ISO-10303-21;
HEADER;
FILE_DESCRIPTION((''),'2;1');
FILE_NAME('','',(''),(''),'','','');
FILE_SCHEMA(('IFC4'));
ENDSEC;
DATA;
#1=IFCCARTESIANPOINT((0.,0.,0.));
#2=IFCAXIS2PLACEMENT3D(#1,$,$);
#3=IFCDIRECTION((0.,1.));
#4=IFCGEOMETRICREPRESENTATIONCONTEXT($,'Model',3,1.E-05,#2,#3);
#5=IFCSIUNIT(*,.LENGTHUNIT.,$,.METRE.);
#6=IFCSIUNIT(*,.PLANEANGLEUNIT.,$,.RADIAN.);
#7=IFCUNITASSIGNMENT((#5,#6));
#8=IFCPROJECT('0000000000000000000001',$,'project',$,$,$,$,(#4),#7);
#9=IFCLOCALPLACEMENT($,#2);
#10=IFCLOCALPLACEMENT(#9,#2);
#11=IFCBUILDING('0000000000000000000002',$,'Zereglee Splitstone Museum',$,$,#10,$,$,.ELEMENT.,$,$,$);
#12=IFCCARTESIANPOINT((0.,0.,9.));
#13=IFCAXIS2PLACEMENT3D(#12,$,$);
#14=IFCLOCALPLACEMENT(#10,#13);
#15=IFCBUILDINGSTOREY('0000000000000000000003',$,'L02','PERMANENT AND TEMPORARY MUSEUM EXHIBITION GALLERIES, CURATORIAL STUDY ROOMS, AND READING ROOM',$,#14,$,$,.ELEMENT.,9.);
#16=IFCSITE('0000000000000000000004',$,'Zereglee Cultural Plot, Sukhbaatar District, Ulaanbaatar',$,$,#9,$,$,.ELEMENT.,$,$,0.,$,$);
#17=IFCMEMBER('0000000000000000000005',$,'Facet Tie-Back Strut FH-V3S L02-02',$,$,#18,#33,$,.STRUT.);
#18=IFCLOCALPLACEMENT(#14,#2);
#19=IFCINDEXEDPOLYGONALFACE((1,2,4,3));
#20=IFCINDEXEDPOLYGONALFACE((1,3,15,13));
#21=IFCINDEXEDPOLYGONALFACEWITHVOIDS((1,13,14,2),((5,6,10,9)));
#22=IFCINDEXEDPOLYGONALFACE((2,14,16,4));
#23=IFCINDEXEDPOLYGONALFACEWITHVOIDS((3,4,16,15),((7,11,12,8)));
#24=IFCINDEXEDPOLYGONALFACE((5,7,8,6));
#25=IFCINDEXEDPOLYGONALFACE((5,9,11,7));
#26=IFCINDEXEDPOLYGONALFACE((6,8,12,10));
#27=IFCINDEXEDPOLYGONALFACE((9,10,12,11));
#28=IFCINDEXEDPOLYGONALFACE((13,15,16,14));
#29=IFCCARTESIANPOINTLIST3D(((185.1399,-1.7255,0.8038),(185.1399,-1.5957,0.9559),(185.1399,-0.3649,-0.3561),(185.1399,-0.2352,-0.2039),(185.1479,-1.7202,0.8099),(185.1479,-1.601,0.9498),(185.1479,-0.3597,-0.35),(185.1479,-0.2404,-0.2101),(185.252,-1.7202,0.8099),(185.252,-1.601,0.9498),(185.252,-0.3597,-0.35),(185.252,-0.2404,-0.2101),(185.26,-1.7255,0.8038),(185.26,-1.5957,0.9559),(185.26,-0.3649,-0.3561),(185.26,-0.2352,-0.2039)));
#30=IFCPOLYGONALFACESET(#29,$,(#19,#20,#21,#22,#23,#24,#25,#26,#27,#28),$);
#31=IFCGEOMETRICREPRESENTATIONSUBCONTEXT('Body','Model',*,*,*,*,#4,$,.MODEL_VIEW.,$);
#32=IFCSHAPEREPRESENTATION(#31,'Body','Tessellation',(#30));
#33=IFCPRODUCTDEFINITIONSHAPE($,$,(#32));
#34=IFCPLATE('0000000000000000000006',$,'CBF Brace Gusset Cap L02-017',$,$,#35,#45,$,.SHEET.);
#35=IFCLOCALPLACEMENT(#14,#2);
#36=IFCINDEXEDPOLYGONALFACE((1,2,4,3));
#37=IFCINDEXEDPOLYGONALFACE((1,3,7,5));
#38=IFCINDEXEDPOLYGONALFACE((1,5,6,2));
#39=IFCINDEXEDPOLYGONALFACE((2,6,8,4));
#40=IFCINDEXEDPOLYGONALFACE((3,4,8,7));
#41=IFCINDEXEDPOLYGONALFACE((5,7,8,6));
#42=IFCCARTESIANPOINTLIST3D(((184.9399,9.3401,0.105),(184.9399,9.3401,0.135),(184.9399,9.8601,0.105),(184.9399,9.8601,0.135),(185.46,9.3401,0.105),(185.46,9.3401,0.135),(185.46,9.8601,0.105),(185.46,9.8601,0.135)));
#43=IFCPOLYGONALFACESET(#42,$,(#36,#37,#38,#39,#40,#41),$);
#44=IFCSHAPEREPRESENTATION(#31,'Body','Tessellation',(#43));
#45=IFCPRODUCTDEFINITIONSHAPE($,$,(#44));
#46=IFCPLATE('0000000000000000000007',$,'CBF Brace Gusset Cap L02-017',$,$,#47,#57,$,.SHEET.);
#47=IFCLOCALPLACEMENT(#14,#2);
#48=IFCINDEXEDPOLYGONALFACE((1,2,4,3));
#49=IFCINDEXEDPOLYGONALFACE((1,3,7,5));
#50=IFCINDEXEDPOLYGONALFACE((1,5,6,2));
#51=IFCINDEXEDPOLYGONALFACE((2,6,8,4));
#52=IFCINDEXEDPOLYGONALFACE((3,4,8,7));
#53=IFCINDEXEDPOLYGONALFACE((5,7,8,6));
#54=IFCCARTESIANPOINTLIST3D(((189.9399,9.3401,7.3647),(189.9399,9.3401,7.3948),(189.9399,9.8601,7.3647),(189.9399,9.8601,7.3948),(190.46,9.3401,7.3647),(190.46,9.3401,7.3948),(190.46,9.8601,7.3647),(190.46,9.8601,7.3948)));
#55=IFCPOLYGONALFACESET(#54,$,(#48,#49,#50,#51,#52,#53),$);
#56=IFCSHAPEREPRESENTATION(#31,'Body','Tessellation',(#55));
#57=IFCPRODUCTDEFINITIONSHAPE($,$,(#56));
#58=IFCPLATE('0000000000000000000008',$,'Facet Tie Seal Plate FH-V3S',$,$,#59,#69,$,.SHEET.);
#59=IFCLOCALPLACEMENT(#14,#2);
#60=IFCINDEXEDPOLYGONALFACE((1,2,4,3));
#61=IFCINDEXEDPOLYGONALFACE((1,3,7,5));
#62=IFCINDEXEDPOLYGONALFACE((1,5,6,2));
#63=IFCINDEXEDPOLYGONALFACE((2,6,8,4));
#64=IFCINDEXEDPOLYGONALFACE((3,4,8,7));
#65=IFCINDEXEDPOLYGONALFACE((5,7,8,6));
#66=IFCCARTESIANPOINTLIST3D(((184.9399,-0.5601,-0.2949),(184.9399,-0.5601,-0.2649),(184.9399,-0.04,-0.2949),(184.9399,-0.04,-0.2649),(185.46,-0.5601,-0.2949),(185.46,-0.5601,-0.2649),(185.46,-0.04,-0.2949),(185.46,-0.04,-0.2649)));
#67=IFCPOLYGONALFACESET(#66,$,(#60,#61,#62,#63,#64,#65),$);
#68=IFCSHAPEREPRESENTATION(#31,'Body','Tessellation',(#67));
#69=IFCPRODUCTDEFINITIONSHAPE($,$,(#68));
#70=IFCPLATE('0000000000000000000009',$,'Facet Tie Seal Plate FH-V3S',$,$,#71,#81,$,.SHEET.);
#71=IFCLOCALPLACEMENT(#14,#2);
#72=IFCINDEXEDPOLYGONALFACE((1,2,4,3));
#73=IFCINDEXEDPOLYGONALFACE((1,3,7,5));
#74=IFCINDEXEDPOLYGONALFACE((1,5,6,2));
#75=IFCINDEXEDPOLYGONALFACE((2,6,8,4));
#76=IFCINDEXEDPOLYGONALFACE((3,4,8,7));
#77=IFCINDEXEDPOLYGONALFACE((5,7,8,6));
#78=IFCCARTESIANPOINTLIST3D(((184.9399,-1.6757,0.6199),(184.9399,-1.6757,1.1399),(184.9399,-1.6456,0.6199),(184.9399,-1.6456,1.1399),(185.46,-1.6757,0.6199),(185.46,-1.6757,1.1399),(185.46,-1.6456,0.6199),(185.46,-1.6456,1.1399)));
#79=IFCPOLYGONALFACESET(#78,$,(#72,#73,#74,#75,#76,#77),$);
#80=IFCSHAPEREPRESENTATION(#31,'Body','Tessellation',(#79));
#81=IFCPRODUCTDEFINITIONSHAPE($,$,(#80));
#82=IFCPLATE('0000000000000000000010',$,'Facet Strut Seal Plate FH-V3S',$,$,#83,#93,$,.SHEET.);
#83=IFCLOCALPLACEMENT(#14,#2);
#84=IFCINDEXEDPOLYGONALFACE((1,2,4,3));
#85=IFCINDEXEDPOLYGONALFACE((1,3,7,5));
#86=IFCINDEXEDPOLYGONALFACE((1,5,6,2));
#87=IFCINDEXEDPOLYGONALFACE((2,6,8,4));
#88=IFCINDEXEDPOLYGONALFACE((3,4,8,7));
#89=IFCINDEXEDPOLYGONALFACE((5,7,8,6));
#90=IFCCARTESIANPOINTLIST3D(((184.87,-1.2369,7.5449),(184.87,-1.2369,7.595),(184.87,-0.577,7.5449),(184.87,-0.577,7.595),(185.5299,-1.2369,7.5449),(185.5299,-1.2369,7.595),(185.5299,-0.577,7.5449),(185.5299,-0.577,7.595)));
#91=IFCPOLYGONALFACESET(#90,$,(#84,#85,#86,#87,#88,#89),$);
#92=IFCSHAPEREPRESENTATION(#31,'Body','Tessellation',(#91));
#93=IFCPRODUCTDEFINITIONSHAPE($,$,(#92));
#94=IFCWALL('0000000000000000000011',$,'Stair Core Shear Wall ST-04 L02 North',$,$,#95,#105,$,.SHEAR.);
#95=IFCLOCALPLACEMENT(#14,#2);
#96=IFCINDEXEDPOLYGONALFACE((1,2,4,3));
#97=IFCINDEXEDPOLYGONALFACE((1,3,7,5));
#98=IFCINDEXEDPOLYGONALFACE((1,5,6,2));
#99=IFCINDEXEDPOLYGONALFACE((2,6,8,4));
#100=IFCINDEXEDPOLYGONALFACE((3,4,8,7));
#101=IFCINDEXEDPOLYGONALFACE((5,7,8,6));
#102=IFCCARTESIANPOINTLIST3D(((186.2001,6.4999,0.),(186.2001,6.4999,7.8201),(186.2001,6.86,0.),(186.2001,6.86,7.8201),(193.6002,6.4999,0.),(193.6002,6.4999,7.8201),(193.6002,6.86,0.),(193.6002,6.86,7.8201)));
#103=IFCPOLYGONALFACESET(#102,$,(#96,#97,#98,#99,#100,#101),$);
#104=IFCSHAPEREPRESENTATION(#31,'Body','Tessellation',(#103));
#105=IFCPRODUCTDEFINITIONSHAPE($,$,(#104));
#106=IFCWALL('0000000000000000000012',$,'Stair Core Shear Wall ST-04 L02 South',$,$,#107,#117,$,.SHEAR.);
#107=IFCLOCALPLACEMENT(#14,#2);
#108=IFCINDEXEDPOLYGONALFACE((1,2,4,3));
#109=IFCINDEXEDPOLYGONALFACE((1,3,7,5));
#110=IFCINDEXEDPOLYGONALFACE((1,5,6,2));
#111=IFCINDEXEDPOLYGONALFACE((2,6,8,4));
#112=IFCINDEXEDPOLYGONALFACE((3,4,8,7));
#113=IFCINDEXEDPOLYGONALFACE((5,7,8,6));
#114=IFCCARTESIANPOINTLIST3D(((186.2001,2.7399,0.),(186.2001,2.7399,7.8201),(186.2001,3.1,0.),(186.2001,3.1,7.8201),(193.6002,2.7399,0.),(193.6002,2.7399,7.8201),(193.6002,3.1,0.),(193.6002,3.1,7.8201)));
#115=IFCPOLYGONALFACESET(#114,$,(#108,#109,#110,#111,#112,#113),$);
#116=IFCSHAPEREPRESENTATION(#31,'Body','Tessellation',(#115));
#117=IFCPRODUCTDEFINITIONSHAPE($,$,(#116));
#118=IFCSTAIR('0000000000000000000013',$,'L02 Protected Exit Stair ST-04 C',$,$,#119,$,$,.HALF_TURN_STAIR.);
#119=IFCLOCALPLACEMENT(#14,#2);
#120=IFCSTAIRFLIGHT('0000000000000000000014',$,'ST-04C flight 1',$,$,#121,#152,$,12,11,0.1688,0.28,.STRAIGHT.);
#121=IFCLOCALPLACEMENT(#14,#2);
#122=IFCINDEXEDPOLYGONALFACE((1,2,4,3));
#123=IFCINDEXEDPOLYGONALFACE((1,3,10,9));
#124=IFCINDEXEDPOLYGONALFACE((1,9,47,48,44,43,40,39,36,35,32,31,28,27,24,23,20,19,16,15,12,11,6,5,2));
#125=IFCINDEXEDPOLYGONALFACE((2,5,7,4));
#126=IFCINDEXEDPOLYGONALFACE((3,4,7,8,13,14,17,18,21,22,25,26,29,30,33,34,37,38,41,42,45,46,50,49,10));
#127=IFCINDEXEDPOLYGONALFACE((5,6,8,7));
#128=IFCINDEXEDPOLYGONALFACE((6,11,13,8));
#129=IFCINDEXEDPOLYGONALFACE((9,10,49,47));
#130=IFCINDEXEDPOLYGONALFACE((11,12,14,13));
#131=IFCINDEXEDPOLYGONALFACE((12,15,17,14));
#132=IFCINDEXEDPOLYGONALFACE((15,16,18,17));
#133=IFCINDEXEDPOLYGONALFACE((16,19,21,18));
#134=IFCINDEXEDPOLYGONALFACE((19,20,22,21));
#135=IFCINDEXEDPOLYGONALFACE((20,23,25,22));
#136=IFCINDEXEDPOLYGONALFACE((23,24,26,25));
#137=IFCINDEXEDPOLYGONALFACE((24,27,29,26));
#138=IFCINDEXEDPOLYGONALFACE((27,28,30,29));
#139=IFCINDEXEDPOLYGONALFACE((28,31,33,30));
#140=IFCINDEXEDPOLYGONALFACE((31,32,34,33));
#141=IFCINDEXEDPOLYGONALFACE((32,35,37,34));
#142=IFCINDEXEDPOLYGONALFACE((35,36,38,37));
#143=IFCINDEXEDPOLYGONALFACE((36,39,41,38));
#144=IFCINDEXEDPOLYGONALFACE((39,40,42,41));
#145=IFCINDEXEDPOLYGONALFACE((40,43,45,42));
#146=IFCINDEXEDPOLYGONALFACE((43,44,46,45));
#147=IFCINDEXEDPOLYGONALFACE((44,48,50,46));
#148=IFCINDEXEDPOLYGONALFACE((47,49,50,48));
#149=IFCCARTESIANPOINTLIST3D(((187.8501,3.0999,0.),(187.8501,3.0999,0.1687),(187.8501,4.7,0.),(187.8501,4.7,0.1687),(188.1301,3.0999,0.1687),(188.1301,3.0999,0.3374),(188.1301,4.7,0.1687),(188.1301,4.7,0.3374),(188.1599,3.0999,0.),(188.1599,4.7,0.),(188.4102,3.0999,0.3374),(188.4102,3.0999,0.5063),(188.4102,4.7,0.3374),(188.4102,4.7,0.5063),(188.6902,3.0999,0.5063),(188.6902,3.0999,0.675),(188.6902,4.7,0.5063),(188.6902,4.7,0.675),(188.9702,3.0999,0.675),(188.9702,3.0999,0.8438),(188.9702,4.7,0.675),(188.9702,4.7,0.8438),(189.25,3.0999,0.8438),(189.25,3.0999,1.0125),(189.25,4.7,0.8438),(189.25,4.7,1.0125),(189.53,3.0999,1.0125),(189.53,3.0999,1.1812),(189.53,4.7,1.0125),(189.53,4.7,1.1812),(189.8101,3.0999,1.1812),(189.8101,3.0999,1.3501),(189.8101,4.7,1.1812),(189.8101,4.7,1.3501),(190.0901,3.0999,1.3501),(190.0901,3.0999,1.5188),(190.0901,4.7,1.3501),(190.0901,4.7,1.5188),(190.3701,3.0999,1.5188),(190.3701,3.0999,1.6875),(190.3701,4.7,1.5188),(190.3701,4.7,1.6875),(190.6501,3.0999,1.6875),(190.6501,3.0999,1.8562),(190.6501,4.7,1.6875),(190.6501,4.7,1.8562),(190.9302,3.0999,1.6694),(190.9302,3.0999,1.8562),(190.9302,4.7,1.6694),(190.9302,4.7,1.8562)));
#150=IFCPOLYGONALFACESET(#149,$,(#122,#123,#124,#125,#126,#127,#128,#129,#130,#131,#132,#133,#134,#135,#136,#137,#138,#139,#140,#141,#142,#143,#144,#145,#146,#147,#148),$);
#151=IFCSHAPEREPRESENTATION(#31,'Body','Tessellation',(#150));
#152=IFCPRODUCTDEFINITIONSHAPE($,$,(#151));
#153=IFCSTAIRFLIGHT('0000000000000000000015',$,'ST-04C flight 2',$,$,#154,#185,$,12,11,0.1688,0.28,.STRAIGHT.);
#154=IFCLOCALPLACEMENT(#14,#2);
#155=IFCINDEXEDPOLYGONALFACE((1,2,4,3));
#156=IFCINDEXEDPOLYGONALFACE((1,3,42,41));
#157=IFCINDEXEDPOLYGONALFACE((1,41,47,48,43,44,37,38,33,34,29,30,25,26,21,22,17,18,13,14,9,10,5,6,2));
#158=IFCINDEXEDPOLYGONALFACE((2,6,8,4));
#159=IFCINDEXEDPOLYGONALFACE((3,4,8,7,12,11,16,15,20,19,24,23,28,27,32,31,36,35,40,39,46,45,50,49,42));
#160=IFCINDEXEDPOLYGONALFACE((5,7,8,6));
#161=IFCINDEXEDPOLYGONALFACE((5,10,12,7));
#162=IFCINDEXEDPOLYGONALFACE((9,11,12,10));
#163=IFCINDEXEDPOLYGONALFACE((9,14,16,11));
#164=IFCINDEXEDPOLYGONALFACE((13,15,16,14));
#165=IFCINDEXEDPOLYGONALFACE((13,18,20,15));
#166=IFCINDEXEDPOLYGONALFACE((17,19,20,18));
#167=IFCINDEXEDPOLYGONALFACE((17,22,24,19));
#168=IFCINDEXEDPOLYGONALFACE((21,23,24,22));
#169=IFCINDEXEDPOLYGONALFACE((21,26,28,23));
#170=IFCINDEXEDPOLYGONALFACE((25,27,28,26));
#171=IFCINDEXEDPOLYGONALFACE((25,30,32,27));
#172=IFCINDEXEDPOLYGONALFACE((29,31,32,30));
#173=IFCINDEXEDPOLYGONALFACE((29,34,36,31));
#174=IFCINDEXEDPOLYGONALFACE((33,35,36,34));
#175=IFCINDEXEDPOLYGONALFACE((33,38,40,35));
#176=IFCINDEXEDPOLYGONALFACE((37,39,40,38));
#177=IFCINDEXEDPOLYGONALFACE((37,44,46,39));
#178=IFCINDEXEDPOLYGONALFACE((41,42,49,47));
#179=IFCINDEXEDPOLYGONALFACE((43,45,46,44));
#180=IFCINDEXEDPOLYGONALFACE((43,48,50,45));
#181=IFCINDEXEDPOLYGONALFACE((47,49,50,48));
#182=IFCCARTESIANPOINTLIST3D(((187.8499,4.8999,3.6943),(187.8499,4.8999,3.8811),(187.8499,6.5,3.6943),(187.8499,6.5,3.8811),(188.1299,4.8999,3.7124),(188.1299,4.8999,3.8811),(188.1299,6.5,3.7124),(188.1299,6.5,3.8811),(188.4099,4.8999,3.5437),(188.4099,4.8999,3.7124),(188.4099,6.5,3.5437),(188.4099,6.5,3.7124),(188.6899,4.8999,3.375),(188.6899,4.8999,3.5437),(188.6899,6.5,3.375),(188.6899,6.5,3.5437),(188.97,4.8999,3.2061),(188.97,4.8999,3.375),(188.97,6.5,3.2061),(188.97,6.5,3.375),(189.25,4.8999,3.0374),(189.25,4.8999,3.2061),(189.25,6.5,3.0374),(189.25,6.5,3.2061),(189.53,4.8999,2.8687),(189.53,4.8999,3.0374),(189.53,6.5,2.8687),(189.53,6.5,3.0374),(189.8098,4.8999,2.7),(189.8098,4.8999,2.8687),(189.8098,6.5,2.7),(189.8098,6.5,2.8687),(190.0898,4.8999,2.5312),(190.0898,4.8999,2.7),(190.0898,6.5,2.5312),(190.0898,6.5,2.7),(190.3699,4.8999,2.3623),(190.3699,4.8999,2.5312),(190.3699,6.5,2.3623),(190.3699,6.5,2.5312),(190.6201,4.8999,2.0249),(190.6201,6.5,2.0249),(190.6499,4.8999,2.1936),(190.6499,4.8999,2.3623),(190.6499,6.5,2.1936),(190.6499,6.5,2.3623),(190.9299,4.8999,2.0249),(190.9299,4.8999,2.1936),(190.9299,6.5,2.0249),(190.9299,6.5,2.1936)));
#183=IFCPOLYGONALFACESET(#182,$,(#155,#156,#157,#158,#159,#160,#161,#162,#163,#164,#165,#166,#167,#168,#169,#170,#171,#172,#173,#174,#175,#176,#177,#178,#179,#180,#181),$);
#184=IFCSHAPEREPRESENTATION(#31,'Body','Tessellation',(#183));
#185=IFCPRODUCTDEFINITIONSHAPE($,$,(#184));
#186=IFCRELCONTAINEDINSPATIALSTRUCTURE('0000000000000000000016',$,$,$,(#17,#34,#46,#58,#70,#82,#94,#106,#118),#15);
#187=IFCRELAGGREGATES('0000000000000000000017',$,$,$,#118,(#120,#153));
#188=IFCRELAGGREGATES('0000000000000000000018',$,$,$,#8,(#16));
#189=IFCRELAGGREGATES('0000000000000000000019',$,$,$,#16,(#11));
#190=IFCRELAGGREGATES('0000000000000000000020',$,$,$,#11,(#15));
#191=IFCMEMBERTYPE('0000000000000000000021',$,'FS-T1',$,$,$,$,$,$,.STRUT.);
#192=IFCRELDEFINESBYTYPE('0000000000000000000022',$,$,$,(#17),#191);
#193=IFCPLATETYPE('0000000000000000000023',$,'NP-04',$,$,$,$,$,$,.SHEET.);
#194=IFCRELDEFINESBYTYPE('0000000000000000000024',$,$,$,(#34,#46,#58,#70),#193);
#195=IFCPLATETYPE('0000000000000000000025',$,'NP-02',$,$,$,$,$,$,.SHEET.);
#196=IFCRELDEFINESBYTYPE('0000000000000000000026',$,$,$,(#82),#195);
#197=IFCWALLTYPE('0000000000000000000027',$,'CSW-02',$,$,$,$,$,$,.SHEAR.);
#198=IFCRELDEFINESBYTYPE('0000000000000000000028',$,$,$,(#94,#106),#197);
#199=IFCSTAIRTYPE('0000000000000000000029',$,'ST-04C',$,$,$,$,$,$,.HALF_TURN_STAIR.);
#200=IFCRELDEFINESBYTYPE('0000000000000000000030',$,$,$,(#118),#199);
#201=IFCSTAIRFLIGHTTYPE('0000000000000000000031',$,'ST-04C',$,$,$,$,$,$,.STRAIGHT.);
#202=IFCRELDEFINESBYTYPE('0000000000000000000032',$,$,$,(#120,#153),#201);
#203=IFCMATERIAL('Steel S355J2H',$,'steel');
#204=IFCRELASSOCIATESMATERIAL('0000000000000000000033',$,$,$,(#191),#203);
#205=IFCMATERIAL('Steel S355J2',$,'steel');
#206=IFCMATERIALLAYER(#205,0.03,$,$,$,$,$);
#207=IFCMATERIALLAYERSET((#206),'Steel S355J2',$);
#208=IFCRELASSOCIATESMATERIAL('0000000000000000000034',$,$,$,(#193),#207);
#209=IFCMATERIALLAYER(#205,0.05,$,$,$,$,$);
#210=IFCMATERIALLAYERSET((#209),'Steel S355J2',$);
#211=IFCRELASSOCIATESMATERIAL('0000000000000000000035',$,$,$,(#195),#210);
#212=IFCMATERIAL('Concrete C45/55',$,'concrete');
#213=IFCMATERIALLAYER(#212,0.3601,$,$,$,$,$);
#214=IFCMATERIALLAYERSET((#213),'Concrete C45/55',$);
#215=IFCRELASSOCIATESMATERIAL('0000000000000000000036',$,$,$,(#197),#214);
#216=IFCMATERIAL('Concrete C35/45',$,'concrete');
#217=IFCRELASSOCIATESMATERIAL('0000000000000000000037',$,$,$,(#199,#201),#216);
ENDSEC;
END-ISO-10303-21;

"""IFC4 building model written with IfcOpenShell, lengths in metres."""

from ifc_helpers import new_model, si_unit, direction, frame, frame_2d, origin, origin_2d, place, context, subcontext, project, spatial, polyline, rectangle, hollow_rectangle, outline, extrude, material, layer, layer_set, material_profile, profile_set, type_object, element, aggregate, save


model = new_model("IFC4")

# Units and contexts
model_context = context("Model", 3, precision=1e-05, world=origin(), true_north=direction((0.0, 1.0)))
body_context = subcontext(model_context, "Body", "Model", "MODEL_VIEW")
ifc_project = project(units=[si_unit("LENGTHUNIT", "METRE"), si_unit("PLANEANGLEUNIT", "RADIAN")], contexts=[model_context])

# Site, building, storey
site_placement = place(None, origin())
site = spatial("IfcSite", under=ifc_project, at=site_placement, Name="Zereglee Cultural Plot, Sukhbaatar District, Ulaanbaatar", CompositionType="ELEMENT", RefElevation=0.0)
building_placement = place(site_placement, origin())
building = spatial("IfcBuilding", under=site, at=building_placement, Name="Zereglee Splitstone Museum", CompositionType="ELEMENT")
storey_placement = place(building_placement, frame((0.0, 0.0, 9.0)))
storey = spatial("IfcBuildingStorey", under=building, at=storey_placement, Name="L02", Description="PERMANENT AND TEMPORARY MUSEUM EXHIBITION GALLERIES, CURATORIAL STUDY ROOMS, AND READING ROOM", CompositionType="ELEMENT", Elevation=9.0)

# Shared definitions
ifc_material_1 = material(Name="Steel S355J2H", Category="steel")

# Shared definitions
ifc_material_2 = material(Name="Steel S355J2", Category="steel")

# Member
ifc_material_profile_1 = material_profile(ifc_material_1, hollow_rectangle(XDim=0.1201, YDim=0.2, WallThickness=0.0081, at=origin_2d()), Name="RHS 200x120x8")
ifc_profile_set_1 = profile_set([ifc_material_profile_1], Name="Steel S355J2H")
member_type_1 = type_object("IfcMemberType", Name="FS-T1", PredefinedType="STRUT", material=ifc_profile_set_1)
member_1_placement = place(storey_placement, frame((185.2, -0.3, -0.28), z_axis=(0.0, -0.760999, 0.648754), x_axis=(1.0, 0.0, 0.0)))
element("IfcMember", 1, at=member_1_placement, inside=storey, type_object=member_type_1, Name="Facet Tie-Back Strut FH-V3S L02-02", PredefinedType="STRUT", context=body_context, shape_type="SweptSolid", body=[
    extrude(hollow_rectangle(XDim=0.1201, YDim=0.2, WallThickness=0.0081, at=origin_2d()), origin(), (0.0, 0.0, 1.0), 1.7878),
])

# Plates
ifc_layer_1 = layer(ifc_material_2, 0.03)
ifc_layer_set_1 = layer_set([ifc_layer_1], Name="Steel S355J2")
plate_type_1 = type_object("IfcPlateType", Name="NP-04", PredefinedType="SHEET", material=ifc_layer_set_1)
for number, where, z_axis, x_axis, name in (
    (2, (185.2, 9.6001, 0.105), (0.0, 0.0, 1.0), (1.0, 0.0, 0.0), "CBF Brace Gusset Cap L02-017"),
    (3, (190.2, 9.6001, 7.3647), (0.0, 0.0, 1.0), (1.0, 0.0, 0.0), "CBF Brace Gusset Cap L02-017"),
    (4, (185.2, -0.3, -0.2949), (0.0, 0.0, 1.0), (1.0, 0.0, 0.0), "Facet Tie Seal Plate FH-V3S"),
):
    element("IfcPlate", number, at=place(storey_placement, frame(where, z_axis=z_axis, x_axis=x_axis)), inside=storey, type_object=plate_type_1, Name=name, PredefinedType="SHEET", context=body_context, shape_type="SweptSolid", body=[
        extrude(rectangle(XDim=0.52, YDim=0.52, at=origin_2d()), origin(), (0.0, 0.0, 1.0), 0.03),
    ])
plate_1_placement = place(storey_placement, frame((185.2, -1.6606, 0.6199), z_axis=(0.0, 0.0, 1.0), x_axis=(1.0, 0.0, 0.0)))
element("IfcPlate", 5, at=plate_1_placement, inside=storey, type_object=plate_type_1, Name="Facet Tie Seal Plate FH-V3S", PredefinedType="SHEET", context=body_context, shape_type="SweptSolid", body=[
    extrude(rectangle(XDim=0.52, YDim=0.03, at=origin_2d()), origin(), (0.0, 0.0, 1.0), 0.52),
])
ifc_layer_2 = layer(ifc_material_2, 0.05)
ifc_layer_set_2 = layer_set([ifc_layer_2], Name="Steel S355J2")
plate_type_2 = type_object("IfcPlateType", Name="NP-02", PredefinedType="SHEET", material=ifc_layer_set_2)
plate_2_placement = place(storey_placement, frame((185.2, -0.907, 7.5449), z_axis=(0.0, 0.0, 1.0), x_axis=(1.0, 0.0, 0.0)))
element("IfcPlate", 6, at=plate_2_placement, inside=storey, type_object=plate_type_2, Name="Facet Strut Seal Plate FH-V3S", PredefinedType="SHEET", context=body_context, shape_type="SweptSolid", body=[
    extrude(rectangle(XDim=0.6599, YDim=0.6599, at=origin_2d()), origin(), (0.0, 0.0, 1.0), 0.05),
])

# Shared definitions
ifc_material_3 = material(Name="Concrete C45/55", Category="concrete")
ifc_layer_3 = layer(ifc_material_3, 0.3601)
ifc_layer_set_3 = layer_set([ifc_layer_3], Name="Concrete C45/55")
wall_type = type_object("IfcWallType", Name="CSW-02", PredefinedType="SHEAR", material=ifc_layer_set_3)

# Walls
for number, where, z_axis, x_axis, name in (
    (7, (186.2, 6.6799, 0.0), (0.0, 0.0, 1.0), (1.0, 0.0, 0.0), "Stair Core Shear Wall ST-04 L02 North"),
    (8, (186.2, 2.9199, 0.0), (0.0, 0.0, 1.0), (1.0, 0.0, 0.0), "Stair Core Shear Wall ST-04 L02 South"),
):
    element("IfcWall", number, at=place(storey_placement, frame(where, z_axis=z_axis, x_axis=x_axis)), inside=storey, type_object=wall_type, Name=name, PredefinedType="SHEAR", context=body_context, shape_type="SweptSolid", body=[
        extrude(rectangle(XDim=7.4001, YDim=0.3601, at=frame_2d((3.7002, 0.0))), origin(), (0.0, 0.0, 1.0), 7.8201),
    ])

# Stair, stair flights
ifc_material_4 = material(Name="Concrete C35/45", Category="concrete")
stair_type = type_object("IfcStairType", Name="ST-04C", PredefinedType="HALF_TURN_STAIR", material=ifc_material_4)
stair_placement = place(storey_placement, origin())
stair = element("IfcStair", 9, at=stair_placement, inside=storey, type_object=stair_type, Name="L02 Protected Exit Stair ST-04 C", PredefinedType="HALF_TURN_STAIR")
stair_flight_type = type_object("IfcStairFlightType", Name="ST-04C", PredefinedType="STRAIGHT", material=ifc_material_4)
stair_flight_1_placement = place(storey_placement, frame((187.8501, 3.8999, 0.0), z_axis=(0.0, 0.0, 1.0), x_axis=(1.0, 0.0, 0.0)))
stair_flight_1 = element("IfcStairFlight", 10, at=stair_flight_1_placement, type_object=stair_flight_type, Name="ST-04C flight 1", NumberOfRisers=12, NumberOfTreads=11, PredefinedType="STRAIGHT", RiserHeight=0.1688, TreadLength=0.28, context=body_context, shape_type="SweptSolid", body=[
    extrude(outline(polyline([(0.0, 0.0), (0.0, 0.1687), (0.28, 0.1687), (0.28, 0.3374), (0.5601, 0.3374), (0.5601, 0.5063), (0.8401, 0.5063), (0.8401, 0.675), (1.1201, 0.675), (1.1201, 0.8438), (1.3999, 0.8438), (1.3999, 1.0125), (1.6799, 1.0125), (1.6799, 1.1812), (1.96, 1.1812), (1.96, 1.3501), (2.24, 1.3501), (2.24, 1.5188), (2.52, 1.5188), (2.52, 1.6875), (2.8, 1.6875), (2.8, 1.8562), (3.0801, 1.8562), (3.0801, 2.0249), (3.0801, 1.6694), (0.3098, 0.0), (0.0, 0.0)])), frame((0.0, 0.8, 0.0), z_axis=(0.0, -1.0, 0.0), x_axis=(1.0, 0.0, 0.0)), (0.0, 0.0, 1.0), 1.6001),
])
stair_flight_2_placement = place(storey_placement, frame((190.9299, 5.7, 2.0249), z_axis=(0.0, 0.0, 1.0), x_axis=(-1.0, 0.0, 0.0)))
stair_flight_2 = element("IfcStairFlight", 11, at=stair_flight_2_placement, type_object=stair_flight_type, Name="ST-04C flight 2", NumberOfRisers=12, NumberOfTreads=11, PredefinedType="STRAIGHT", RiserHeight=0.1688, TreadLength=0.28, context=body_context, shape_type="SweptSolid", body=[
    extrude(outline(polyline([(0.0, 0.0), (0.0, 0.1687), (0.28, 0.1687), (0.28, 0.3374), (0.5601, 0.3374), (0.5601, 0.5063), (0.8401, 0.5063), (0.8401, 0.675), (1.1201, 0.675), (1.1201, 0.8438), (1.3999, 0.8438), (1.3999, 1.0125), (1.6799, 1.0125), (1.6799, 1.1812), (1.96, 1.1812), (1.96, 1.3501), (2.24, 1.3501), (2.24, 1.5188), (2.52, 1.5188), (2.52, 1.6875), (2.8, 1.6875), (2.8, 1.8562), (3.0801, 1.8562), (3.0801, 2.0249), (3.0801, 1.6694), (0.3098, 0.0), (0.0, 0.0)])), frame((0.0, 0.8, 0.0), z_axis=(0.0, -1.0, 0.0), x_axis=(1.0, 0.0, 0.0)), (0.0, 0.0, 1.0), 1.6001),
])
aggregate(stair, [stair_flight_1, stair_flight_2])

save(model, "model.ifc")
